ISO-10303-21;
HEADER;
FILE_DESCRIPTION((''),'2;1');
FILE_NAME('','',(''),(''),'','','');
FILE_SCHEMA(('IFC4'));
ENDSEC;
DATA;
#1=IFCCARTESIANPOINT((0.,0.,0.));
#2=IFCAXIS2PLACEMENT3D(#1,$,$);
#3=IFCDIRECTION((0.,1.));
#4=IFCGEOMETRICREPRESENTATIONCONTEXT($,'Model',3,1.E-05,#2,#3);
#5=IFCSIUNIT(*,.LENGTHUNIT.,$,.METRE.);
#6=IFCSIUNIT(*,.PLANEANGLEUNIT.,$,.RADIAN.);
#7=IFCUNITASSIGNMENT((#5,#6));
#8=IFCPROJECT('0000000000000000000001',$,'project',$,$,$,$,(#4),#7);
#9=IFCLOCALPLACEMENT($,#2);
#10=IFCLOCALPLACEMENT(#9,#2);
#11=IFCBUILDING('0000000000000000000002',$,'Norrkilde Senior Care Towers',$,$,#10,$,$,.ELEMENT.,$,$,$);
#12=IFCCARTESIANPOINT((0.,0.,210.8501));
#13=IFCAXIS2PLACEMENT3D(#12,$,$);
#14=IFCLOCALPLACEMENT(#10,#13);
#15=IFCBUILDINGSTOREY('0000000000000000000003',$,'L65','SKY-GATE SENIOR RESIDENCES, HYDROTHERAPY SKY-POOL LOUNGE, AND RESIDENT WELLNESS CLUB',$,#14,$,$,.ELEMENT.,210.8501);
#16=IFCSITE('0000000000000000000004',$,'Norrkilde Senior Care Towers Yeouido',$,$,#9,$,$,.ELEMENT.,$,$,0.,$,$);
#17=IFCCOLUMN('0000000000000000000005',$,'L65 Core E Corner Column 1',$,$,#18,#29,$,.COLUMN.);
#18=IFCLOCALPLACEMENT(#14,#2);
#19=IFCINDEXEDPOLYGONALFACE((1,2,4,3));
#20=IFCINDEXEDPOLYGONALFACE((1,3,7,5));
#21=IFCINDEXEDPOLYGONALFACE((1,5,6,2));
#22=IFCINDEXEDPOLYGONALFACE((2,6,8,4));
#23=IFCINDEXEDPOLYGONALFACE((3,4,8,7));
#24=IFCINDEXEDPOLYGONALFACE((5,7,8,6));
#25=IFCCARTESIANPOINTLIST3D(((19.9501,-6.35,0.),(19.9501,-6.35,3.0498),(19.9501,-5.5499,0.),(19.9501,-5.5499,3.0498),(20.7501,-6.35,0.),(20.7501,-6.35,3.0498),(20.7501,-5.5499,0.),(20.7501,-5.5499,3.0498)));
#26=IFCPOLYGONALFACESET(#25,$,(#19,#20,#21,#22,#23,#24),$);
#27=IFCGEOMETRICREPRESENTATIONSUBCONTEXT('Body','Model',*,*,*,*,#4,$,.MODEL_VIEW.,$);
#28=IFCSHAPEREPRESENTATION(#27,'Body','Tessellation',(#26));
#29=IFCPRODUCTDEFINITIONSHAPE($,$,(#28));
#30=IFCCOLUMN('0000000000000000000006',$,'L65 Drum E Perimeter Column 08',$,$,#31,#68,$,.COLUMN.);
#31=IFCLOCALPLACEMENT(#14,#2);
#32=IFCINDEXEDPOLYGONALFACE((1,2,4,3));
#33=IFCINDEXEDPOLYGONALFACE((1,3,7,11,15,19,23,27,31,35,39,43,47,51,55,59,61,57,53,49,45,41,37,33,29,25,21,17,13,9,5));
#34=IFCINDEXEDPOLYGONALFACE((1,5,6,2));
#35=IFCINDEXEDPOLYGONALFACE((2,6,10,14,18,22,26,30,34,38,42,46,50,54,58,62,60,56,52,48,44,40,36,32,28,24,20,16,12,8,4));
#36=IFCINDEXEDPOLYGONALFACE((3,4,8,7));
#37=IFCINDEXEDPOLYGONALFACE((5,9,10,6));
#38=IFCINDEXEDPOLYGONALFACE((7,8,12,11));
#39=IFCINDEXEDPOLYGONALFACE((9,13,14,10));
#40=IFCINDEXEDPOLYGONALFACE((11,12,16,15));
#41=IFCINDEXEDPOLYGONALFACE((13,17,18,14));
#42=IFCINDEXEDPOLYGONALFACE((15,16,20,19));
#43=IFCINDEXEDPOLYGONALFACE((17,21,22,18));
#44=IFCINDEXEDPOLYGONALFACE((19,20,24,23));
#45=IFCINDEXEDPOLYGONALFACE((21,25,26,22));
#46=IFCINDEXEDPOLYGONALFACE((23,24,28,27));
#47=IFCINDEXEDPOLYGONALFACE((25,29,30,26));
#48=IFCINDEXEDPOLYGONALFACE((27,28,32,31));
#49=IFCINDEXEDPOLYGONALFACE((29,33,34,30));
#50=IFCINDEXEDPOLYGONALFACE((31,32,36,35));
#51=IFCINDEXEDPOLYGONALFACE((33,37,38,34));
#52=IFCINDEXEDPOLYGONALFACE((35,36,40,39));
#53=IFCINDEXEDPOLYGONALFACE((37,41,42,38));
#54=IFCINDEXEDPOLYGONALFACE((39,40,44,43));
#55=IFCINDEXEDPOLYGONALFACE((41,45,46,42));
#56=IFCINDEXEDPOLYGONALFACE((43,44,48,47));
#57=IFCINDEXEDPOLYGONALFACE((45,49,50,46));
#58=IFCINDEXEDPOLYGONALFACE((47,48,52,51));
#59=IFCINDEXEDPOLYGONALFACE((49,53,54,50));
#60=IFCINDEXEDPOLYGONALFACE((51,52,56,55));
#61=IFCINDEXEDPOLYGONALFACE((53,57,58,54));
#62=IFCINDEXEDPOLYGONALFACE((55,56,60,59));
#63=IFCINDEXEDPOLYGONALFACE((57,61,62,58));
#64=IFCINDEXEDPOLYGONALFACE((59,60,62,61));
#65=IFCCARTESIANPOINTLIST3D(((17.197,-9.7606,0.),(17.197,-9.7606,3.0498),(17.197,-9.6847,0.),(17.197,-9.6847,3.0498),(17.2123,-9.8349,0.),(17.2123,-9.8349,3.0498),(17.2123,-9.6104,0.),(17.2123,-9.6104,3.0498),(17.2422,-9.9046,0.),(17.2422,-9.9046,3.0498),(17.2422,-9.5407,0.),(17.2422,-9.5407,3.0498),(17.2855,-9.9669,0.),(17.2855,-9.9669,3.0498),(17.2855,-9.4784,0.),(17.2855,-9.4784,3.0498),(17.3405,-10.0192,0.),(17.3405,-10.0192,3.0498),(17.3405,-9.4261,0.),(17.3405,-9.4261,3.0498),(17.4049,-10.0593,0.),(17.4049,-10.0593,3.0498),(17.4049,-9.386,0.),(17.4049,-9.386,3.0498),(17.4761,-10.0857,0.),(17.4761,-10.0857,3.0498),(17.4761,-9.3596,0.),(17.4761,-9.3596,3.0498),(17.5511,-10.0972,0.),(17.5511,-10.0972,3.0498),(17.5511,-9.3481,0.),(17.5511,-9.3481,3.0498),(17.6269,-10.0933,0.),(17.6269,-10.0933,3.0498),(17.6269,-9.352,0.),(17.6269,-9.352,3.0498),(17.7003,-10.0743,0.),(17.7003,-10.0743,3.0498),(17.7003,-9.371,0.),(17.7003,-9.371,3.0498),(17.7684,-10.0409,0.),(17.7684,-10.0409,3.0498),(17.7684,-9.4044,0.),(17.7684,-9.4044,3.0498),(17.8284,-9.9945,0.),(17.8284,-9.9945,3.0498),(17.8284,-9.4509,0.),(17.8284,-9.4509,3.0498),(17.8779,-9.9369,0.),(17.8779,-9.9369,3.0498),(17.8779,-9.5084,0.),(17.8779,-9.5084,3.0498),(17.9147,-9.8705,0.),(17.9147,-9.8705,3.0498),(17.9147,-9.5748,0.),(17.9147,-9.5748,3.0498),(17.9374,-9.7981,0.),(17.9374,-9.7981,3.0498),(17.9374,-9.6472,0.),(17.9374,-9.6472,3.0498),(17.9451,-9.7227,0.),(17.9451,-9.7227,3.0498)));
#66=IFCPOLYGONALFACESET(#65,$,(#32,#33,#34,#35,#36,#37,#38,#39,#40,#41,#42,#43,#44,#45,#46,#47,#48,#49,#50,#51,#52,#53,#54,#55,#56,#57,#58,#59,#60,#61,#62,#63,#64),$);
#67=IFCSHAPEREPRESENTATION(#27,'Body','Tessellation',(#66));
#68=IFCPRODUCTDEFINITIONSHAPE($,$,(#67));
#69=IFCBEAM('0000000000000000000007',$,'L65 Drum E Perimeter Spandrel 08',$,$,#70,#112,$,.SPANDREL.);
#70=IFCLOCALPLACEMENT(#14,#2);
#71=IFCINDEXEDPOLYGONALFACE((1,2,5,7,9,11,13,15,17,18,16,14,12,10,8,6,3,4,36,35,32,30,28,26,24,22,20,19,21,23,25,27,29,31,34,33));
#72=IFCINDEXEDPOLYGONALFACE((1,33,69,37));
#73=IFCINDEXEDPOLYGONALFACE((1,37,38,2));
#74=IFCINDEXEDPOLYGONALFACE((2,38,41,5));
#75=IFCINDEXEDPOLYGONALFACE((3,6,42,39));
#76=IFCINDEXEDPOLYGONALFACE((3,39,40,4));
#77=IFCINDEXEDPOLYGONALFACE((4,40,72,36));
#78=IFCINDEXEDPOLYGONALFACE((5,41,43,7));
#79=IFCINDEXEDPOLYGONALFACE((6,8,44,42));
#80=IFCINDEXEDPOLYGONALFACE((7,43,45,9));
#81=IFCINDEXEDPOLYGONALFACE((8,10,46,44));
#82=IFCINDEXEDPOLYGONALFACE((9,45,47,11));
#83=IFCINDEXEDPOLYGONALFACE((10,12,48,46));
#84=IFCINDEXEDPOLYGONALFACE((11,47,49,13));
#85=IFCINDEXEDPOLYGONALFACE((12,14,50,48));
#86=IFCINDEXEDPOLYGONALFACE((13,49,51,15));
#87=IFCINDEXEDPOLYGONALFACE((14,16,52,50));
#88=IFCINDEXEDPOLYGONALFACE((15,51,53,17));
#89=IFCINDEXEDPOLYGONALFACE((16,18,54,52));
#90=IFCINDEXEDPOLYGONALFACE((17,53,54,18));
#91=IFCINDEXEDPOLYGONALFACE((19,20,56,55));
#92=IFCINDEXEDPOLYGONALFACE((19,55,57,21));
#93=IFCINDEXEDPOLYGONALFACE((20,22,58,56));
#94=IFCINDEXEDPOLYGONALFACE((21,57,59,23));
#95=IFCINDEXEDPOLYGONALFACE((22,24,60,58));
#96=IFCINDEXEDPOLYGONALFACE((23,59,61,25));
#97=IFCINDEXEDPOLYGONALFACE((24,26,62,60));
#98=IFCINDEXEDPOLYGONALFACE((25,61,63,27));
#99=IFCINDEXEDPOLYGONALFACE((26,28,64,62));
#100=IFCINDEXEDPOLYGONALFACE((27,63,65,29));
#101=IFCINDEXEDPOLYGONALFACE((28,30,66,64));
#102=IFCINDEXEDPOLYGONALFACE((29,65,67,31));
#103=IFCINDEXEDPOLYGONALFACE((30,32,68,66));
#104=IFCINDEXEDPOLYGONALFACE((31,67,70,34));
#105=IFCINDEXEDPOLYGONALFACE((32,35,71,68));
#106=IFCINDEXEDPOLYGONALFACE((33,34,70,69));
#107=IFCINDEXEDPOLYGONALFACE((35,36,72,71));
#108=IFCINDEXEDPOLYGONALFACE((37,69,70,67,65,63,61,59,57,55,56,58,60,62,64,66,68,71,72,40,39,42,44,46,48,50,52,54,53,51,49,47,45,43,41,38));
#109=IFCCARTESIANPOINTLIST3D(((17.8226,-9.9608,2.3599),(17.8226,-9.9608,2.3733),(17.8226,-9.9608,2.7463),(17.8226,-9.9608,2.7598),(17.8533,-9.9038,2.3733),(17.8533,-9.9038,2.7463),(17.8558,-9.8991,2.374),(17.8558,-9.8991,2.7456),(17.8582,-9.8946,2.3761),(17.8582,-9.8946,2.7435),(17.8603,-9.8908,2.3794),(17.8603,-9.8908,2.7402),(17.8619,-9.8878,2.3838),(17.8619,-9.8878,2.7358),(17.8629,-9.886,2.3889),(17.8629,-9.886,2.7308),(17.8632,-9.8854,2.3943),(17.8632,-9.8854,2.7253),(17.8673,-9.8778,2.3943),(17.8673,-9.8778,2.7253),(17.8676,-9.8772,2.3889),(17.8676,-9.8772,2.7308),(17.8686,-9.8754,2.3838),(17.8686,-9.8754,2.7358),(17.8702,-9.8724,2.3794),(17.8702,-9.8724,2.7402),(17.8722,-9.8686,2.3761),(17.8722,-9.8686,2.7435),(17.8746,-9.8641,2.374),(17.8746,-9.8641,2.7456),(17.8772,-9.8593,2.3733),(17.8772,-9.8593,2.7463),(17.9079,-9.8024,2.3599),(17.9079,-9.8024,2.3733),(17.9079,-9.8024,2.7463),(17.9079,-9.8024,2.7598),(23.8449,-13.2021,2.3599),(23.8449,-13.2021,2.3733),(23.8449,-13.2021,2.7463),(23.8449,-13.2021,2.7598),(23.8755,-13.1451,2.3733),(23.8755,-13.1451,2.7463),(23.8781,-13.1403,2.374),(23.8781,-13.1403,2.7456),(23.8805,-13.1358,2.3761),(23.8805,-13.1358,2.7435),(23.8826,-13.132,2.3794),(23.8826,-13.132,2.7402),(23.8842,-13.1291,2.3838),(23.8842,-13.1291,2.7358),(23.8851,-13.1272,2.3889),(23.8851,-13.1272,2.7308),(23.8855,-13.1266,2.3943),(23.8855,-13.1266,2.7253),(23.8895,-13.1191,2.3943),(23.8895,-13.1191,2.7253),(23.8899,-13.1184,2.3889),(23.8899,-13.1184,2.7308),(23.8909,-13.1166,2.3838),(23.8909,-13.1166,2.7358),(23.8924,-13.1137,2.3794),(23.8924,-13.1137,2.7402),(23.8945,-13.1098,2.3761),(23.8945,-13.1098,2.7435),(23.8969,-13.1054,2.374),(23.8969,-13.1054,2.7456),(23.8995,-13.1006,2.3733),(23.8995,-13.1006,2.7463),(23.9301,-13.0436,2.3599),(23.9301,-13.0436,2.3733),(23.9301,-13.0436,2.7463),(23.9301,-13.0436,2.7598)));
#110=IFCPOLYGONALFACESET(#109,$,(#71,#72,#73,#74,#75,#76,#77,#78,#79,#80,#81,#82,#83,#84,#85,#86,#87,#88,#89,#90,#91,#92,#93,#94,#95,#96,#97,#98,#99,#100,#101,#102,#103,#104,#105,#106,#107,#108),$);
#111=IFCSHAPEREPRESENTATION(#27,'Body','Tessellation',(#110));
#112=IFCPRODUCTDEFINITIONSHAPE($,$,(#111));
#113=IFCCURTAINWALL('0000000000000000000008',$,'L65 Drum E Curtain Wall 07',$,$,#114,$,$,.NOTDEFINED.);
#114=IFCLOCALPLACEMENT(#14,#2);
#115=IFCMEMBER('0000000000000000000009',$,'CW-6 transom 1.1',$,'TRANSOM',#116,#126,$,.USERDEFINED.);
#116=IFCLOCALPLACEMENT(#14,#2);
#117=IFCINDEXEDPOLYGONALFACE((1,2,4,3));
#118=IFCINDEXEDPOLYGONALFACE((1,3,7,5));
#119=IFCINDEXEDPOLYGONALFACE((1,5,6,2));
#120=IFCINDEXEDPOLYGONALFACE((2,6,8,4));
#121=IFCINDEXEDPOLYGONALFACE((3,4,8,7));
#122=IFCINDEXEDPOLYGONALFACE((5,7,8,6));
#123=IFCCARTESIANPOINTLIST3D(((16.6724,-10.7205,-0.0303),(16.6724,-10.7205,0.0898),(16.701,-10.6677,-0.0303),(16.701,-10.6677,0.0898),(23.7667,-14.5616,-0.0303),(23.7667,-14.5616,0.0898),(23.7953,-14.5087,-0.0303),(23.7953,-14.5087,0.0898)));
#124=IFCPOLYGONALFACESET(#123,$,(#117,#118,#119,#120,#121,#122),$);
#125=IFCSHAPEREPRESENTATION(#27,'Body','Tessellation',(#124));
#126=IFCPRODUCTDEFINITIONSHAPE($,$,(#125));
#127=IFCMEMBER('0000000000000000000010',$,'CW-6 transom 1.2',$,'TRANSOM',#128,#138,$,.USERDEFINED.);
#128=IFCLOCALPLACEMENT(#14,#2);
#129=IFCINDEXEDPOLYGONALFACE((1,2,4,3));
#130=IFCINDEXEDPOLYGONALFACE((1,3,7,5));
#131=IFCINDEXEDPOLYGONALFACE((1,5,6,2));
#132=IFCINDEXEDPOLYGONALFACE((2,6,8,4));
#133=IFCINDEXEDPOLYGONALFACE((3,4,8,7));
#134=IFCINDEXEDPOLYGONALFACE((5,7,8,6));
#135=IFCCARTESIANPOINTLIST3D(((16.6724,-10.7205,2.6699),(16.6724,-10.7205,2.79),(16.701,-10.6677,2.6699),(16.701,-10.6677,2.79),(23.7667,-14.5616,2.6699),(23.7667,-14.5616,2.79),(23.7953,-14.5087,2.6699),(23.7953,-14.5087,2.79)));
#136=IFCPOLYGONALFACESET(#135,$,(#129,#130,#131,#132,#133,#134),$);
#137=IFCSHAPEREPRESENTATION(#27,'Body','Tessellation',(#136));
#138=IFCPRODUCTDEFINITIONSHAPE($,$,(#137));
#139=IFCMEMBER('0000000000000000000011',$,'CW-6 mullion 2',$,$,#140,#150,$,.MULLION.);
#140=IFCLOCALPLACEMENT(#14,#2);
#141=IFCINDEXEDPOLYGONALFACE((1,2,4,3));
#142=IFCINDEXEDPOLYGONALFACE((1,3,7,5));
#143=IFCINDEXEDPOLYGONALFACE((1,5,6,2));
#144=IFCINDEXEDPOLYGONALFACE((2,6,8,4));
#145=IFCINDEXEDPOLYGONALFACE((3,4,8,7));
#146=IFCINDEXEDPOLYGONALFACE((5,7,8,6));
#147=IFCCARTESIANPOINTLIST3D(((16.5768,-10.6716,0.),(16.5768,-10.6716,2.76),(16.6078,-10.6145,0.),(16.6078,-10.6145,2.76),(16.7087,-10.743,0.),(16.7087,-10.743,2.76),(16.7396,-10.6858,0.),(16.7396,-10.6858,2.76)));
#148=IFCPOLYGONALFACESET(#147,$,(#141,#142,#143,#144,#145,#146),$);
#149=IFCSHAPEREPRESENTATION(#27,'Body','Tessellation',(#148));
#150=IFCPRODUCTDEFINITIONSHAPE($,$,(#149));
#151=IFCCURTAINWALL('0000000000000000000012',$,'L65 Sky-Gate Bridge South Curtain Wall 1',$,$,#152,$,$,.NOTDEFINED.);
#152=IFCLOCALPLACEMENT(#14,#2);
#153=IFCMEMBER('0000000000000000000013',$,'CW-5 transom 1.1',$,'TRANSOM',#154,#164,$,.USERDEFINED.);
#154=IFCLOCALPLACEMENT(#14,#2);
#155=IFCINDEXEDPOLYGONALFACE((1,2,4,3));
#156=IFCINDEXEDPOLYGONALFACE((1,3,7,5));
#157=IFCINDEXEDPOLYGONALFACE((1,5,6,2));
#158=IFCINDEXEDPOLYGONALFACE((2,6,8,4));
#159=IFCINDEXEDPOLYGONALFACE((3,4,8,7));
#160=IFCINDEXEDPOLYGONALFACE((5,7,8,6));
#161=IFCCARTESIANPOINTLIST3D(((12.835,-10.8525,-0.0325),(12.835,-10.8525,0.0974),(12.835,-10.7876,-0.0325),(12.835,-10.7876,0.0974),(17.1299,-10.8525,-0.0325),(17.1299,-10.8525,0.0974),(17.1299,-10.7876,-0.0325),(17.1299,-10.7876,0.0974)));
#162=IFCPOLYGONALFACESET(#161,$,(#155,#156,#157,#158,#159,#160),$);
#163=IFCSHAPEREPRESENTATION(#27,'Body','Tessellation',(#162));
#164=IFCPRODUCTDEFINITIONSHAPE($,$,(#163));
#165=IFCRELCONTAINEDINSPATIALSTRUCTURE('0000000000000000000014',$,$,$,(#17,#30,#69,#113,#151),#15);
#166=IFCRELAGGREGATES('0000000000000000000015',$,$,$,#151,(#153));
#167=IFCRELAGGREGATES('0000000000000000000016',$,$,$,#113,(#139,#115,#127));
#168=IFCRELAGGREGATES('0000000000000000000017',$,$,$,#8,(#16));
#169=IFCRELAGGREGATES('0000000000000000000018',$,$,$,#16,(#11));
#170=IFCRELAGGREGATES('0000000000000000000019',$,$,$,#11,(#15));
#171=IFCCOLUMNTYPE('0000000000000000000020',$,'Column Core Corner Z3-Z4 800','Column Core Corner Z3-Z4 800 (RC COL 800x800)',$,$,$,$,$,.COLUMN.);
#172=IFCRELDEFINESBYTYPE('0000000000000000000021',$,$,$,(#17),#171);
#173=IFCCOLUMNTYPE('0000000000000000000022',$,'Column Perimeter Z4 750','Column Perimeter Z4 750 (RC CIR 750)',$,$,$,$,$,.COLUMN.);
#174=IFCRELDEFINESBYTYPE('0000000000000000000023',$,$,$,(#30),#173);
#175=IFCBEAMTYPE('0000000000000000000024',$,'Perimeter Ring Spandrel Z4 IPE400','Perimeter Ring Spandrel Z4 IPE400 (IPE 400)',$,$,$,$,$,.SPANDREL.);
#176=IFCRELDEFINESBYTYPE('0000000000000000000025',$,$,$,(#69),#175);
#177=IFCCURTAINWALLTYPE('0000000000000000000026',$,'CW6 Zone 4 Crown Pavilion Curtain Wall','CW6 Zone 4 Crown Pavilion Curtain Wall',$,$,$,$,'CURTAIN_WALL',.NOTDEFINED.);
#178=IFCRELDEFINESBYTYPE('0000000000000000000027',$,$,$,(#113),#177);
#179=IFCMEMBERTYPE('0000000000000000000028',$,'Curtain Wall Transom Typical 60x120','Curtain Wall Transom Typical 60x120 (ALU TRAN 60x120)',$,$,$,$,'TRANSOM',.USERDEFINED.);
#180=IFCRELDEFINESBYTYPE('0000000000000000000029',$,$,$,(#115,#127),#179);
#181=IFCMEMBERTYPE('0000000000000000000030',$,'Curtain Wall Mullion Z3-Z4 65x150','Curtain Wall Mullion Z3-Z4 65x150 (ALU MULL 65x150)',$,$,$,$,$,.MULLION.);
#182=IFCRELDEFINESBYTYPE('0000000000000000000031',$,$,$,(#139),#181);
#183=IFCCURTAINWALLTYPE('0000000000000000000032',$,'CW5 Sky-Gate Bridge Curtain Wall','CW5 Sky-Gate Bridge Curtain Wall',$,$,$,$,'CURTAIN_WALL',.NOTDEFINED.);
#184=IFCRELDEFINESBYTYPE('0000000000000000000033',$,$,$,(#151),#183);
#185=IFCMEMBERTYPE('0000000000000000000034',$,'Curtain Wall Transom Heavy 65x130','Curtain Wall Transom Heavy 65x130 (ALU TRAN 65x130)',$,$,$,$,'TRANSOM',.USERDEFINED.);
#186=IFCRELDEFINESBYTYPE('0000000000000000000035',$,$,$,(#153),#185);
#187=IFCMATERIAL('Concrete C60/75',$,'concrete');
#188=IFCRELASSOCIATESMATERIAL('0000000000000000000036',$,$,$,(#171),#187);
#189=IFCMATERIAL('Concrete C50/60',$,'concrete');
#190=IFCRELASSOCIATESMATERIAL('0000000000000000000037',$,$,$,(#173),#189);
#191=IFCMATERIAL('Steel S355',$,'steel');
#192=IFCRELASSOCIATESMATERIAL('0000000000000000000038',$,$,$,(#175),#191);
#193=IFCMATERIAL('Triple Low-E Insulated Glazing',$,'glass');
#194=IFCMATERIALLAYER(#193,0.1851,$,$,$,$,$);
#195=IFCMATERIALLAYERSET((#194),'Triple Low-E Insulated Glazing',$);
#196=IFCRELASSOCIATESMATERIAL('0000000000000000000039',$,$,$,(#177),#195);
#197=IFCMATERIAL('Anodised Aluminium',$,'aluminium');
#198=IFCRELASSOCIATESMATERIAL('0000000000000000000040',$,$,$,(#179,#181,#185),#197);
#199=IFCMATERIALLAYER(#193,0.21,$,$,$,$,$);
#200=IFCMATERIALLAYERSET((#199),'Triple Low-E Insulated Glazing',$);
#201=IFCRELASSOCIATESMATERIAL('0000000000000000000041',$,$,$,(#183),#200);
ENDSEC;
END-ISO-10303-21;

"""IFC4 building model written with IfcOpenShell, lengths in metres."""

from ifc_helpers import new_model, si_unit, direction, frame, origin, origin_2d, place, context, subcontext, project, spatial, rectangle, circle, i_section, extrude, source, transform, mapped, material, layer, layer_set, material_profile, profile_set, type_object, type_shapes, element, aggregate, save


model = new_model("IFC4")

# Units and contexts
model_context = context("Model", 3, precision=1e-05, world=origin(), true_north=direction((0.0, 1.0)))
body_context = subcontext(model_context, "Body", "Model", "MODEL_VIEW")
ifc_project = project(units=[si_unit("LENGTHUNIT", "METRE"), si_unit("PLANEANGLEUNIT", "RADIAN")], contexts=[model_context])

# Site, building, storey
site_placement = place(None, origin())
site = spatial("IfcSite", under=ifc_project, at=site_placement, Name="Norrkilde Senior Care Towers Yeouido", CompositionType="ELEMENT", RefElevation=0.0)
building_placement = place(site_placement, origin())
building = spatial("IfcBuilding", under=site, at=building_placement, Name="Norrkilde Senior Care Towers", CompositionType="ELEMENT")
storey_placement = place(building_placement, frame((0.0, 0.0, 210.8501)))
storey = spatial("IfcBuildingStorey", under=building, at=storey_placement, Name="L65", Description="SKY-GATE SENIOR RESIDENCES, HYDROTHERAPY SKY-POOL LOUNGE, AND RESIDENT WELLNESS CLUB", CompositionType="ELEMENT", Elevation=210.8501)

# Columns
ifc_material_1 = material(Name="Concrete C60/75", Category="concrete")
ifc_material_profile_1 = material_profile(ifc_material_1, rectangle(XDim=0.8, YDim=0.8, at=origin_2d()), Name="RC COL 800x800")
ifc_profile_set_1 = profile_set([ifc_material_profile_1], Name="Concrete C60/75")
column_type_1 = type_object("IfcColumnType", Name="Column Core Corner Z3-Z4 800", Description="Column Core Corner Z3-Z4 800 (RC COL 800x800)", PredefinedType="COLUMN", material=ifc_profile_set_1)
shared_shape_1 = source(origin(), body_context, "Body", "SweptSolid", [
    extrude(rectangle(XDim=0.8, YDim=0.8, at=origin_2d()), origin(), (0.0, 0.0, 1.0), 3.0498),
])
type_shapes(column_type_1, [shared_shape_1])
column_1_placement = place(storey_placement, frame((20.3501, -5.95, 0.0), z_axis=(0.0, 0.0, 1.0), x_axis=(1.0, 0.0, 0.0)))
element("IfcColumn", 1, at=column_1_placement, inside=storey, type_object=column_type_1, Name="L65 Core E Corner Column 1", PredefinedType="COLUMN", context=body_context, shape_type="MappedRepresentation", body=[
    mapped(shared_shape_1, transform((0.0, 0.0, 0.0), x_axis=(1.0, 0.0, 0.0), y_axis=(0.0, 1.0, 0.0), z_axis=(0.0, 0.0, 1.0), scale=1.0)),
])
ifc_material_2 = material(Name="Concrete C50/60", Category="concrete")
ifc_material_profile_2 = material_profile(ifc_material_2, circle(Radius=0.375, at=origin_2d()), Name="RC CIR 750")
ifc_profile_set_2 = profile_set([ifc_material_profile_2], Name="Concrete C50/60")
column_type_2 = type_object("IfcColumnType", Name="Column Perimeter Z4 750", Description="Column Perimeter Z4 750 (RC CIR 750)", PredefinedType="COLUMN", material=ifc_profile_set_2)
shared_shape_2 = source(origin(), body_context, "Body", "SweptSolid", [
    extrude(circle(Radius=0.375, at=origin_2d()), origin(), (0.0, 0.0, 1.0), 3.0498),
])
type_shapes(column_type_2, [shared_shape_2])
column_2_placement = place(storey_placement, frame((17.5701, -9.7227, 0.0), z_axis=(0.0, 0.0, 1.0), x_axis=(1.0, 0.0, 0.0)))
element("IfcColumn", 2, at=column_2_placement, inside=storey, type_object=column_type_2, Name="L65 Drum E Perimeter Column 08", PredefinedType="COLUMN", context=body_context, shape_type="MappedRepresentation", body=[
    mapped(shared_shape_2, transform((0.0, 0.0, 0.0), x_axis=(1.0, 0.0, 0.0), y_axis=(0.0, 1.0, 0.0), z_axis=(0.0, 0.0, 1.0), scale=1.0)),
])

# Beam
ifc_material_3 = material(Name="Steel S355", Category="steel")
ifc_material_profile_3 = material_profile(ifc_material_3, i_section(OverallWidth=0.1799, OverallDepth=0.3999, WebThickness=0.0085, FlangeThickness=0.0134, FilletRadius=0.021, at=origin_2d()), Name="IPE 400")
ifc_profile_set_3 = profile_set([ifc_material_profile_3], Name="Steel S355")
beam_type = type_object("IfcBeamType", Name="Perimeter Ring Spandrel Z4 IPE400", Description="Perimeter Ring Spandrel Z4 IPE400 (IPE 400)", PredefinedType="SPANDREL", material=ifc_profile_set_3)
shared_shape_3 = source(origin(), body_context, "Body", "SweptSolid", [
    extrude(i_section(OverallWidth=0.1799, OverallDepth=0.3999, WebThickness=0.0085, FlangeThickness=0.0134, FilletRadius=0.021, at=origin_2d()), origin(), (0.0, 0.0, 1.0), 6.8391),
])
type_shapes(beam_type, [shared_shape_3])
beam_placement = place(storey_placement, frame((17.8652, -9.8816, 2.5598), z_axis=(0.880564, -0.473927, 0.0), x_axis=(0.473927, 0.880564, 0.0)))
element("IfcBeam", 3, at=beam_placement, inside=storey, type_object=beam_type, Name="L65 Drum E Perimeter Spandrel 08", PredefinedType="SPANDREL", context=body_context, shape_type="MappedRepresentation", body=[
    mapped(shared_shape_3, transform((0.0, 0.0, 0.0), x_axis=(1.0, 0.0, 0.0), y_axis=(0.0, 1.0, 0.0), z_axis=(0.0, 0.0, 1.0), scale=1.0)),
])

# Curtain walls, members
ifc_material_4 = material(Name="Triple Low-E Insulated Glazing", Category="glass")
ifc_layer_1 = layer(ifc_material_4, 0.1851)
ifc_layer_set_1 = layer_set([ifc_layer_1], Name="Triple Low-E Insulated Glazing")
curtain_wall_type_1 = type_object("IfcCurtainWallType", Name="CW6 Zone 4 Crown Pavilion Curtain Wall", Description="CW6 Zone 4 Crown Pavilion Curtain Wall", ElementType="CURTAIN_WALL", PredefinedType="NOTDEFINED", material=ifc_layer_set_1)
curtain_wall_1_placement = place(storey_placement, origin())
curtain_wall_1 = element("IfcCurtainWall", 4, at=curtain_wall_1_placement, inside=storey, type_object=curtain_wall_type_1, Name="L65 Drum E Curtain Wall 07", PredefinedType="NOTDEFINED")
ifc_material_5 = material(Name="Anodised Aluminium", Category="aluminium")
ifc_material_profile_4 = material_profile(ifc_material_5, rectangle(XDim=0.0601, YDim=0.1201, at=origin_2d()), Name="ALU TRAN 60x120")
ifc_profile_set_4 = profile_set([ifc_material_profile_4], Name="Anodised Aluminium")
member_type_1 = type_object("IfcMemberType", Name="Curtain Wall Transom Typical 60x120", Description="Curtain Wall Transom Typical 60x120 (ALU TRAN 60x120)", ElementType="TRANSOM", PredefinedType="USERDEFINED", material=ifc_profile_set_4)
shared_shape_4 = source(origin(), body_context, "Body", "SweptSolid", [
    extrude(rectangle(XDim=0.0601, YDim=0.1201, at=origin_2d()), origin(), (0.0, 0.0, 1.0), 8.0674),
])
type_shapes(member_type_1, [shared_shape_4])
member_1_placement = place(storey_placement, frame((23.781, -14.5352, 0.0298), z_axis=(-0.879378, 0.476125, 0.0), x_axis=(-0.476125, -0.879378, 0.0)))
member_1 = element("IfcMember", 5, at=member_1_placement, type_object=member_type_1, Name="CW-6 transom 1.1", ObjectType="TRANSOM", PredefinedType="USERDEFINED", context=body_context, shape_type="MappedRepresentation", body=[
    mapped(shared_shape_4, transform((0.0, 0.0, 0.0), x_axis=(1.0, 0.0, 0.0), y_axis=(0.0, 1.0, 0.0), z_axis=(0.0, 0.0, 1.0), scale=1.0)),
])
member_2_placement = place(storey_placement, frame((23.781, -14.5352, 2.73), z_axis=(-0.879378, 0.476125, 0.0), x_axis=(-0.476125, -0.879378, 0.0)))
member_2 = element("IfcMember", 6, at=member_2_placement, type_object=member_type_1, Name="CW-6 transom 1.2", ObjectType="TRANSOM", PredefinedType="USERDEFINED", context=body_context, shape_type="MappedRepresentation", body=[
    mapped(shared_shape_4, transform((0.0, 0.0, 0.0), x_axis=(1.0, 0.0, 0.0), y_axis=(0.0, 1.0, 0.0), z_axis=(0.0, 0.0, 1.0), scale=1.0)),
])
ifc_material_profile_5 = material_profile(ifc_material_5, rectangle(XDim=0.0649, YDim=0.1499, at=origin_2d()), Name="ALU MULL 65x150")
ifc_profile_set_5 = profile_set([ifc_material_profile_5], Name="Anodised Aluminium")
member_type_2 = type_object("IfcMemberType", Name="Curtain Wall Mullion Z3-Z4 65x150", Description="Curtain Wall Mullion Z3-Z4 65x150 (ALU MULL 65x150)", PredefinedType="MULLION", material=ifc_profile_set_5)
shared_shape_5 = source(origin(), body_context, "Body", "SweptSolid", [
    extrude(rectangle(XDim=0.0649, YDim=0.1499, at=origin_2d()), origin(), (0.0, 0.0, 1.0), 2.76),
])
type_shapes(member_type_2, [shared_shape_5])
member_3_placement = place(storey_placement, frame((16.6582, -10.6787, 0.0), z_axis=(0.0, 0.0, 1.0), x_axis=(-0.476133, -0.879373, 0.0)))
member_3 = element("IfcMember", 7, at=member_3_placement, type_object=member_type_2, Name="CW-6 mullion 2", PredefinedType="MULLION", context=body_context, shape_type="MappedRepresentation", body=[
    mapped(shared_shape_5, transform((0.0, 0.0, 0.0), x_axis=(1.0, 0.0, 0.0), y_axis=(0.0, 1.0, 0.0), z_axis=(0.0, 0.0, 1.0), scale=1.0)),
])
ifc_layer_2 = layer(ifc_material_4, 0.21)
ifc_layer_set_2 = layer_set([ifc_layer_2], Name="Triple Low-E Insulated Glazing")
curtain_wall_type_2 = type_object("IfcCurtainWallType", Name="CW5 Sky-Gate Bridge Curtain Wall", Description="CW5 Sky-Gate Bridge Curtain Wall", ElementType="CURTAIN_WALL", PredefinedType="NOTDEFINED", material=ifc_layer_set_2)
curtain_wall_2_placement = place(storey_placement, origin())
curtain_wall_2 = element("IfcCurtainWall", 8, at=curtain_wall_2_placement, inside=storey, type_object=curtain_wall_type_2, Name="L65 Sky-Gate Bridge South Curtain Wall 1", PredefinedType="NOTDEFINED")
ifc_material_profile_6 = material_profile(ifc_material_5, rectangle(XDim=0.0649, YDim=0.1299, at=origin_2d()), Name="ALU TRAN 65x130")
ifc_profile_set_6 = profile_set([ifc_material_profile_6], Name="Anodised Aluminium")
member_type_3 = type_object("IfcMemberType", Name="Curtain Wall Transom Heavy 65x130", Description="Curtain Wall Transom Heavy 65x130 (ALU TRAN 65x130)", ElementType="TRANSOM", PredefinedType="USERDEFINED", material=ifc_profile_set_6)
shared_shape_6 = source(origin(), body_context, "Body", "SweptSolid", [
    extrude(rectangle(XDim=0.0649, YDim=0.1299, at=origin_2d()), origin(), (0.0, 0.0, 1.0), 4.2949),
])
type_shapes(member_type_3, [shared_shape_6])
member_4_placement = place(storey_placement, frame((17.1299, -10.8201, 0.0325), z_axis=(-1.0, 0.0, 0.0), x_axis=(0.0, -1.0, 0.0)))
member_4 = element("IfcMember", 9, at=member_4_placement, type_object=member_type_3, Name="CW-5 transom 1.1", ObjectType="TRANSOM", PredefinedType="USERDEFINED", context=body_context, shape_type="MappedRepresentation", body=[
    mapped(shared_shape_6, transform((0.0, 0.0, 0.0), x_axis=(1.0, 0.0, 0.0), y_axis=(0.0, 1.0, 0.0), z_axis=(0.0, 0.0, 1.0), scale=1.0)),
])
aggregate(curtain_wall_2, [member_4])

aggregate(curtain_wall_1, [member_3, member_1, member_2])

save(model, "model.ifc")
